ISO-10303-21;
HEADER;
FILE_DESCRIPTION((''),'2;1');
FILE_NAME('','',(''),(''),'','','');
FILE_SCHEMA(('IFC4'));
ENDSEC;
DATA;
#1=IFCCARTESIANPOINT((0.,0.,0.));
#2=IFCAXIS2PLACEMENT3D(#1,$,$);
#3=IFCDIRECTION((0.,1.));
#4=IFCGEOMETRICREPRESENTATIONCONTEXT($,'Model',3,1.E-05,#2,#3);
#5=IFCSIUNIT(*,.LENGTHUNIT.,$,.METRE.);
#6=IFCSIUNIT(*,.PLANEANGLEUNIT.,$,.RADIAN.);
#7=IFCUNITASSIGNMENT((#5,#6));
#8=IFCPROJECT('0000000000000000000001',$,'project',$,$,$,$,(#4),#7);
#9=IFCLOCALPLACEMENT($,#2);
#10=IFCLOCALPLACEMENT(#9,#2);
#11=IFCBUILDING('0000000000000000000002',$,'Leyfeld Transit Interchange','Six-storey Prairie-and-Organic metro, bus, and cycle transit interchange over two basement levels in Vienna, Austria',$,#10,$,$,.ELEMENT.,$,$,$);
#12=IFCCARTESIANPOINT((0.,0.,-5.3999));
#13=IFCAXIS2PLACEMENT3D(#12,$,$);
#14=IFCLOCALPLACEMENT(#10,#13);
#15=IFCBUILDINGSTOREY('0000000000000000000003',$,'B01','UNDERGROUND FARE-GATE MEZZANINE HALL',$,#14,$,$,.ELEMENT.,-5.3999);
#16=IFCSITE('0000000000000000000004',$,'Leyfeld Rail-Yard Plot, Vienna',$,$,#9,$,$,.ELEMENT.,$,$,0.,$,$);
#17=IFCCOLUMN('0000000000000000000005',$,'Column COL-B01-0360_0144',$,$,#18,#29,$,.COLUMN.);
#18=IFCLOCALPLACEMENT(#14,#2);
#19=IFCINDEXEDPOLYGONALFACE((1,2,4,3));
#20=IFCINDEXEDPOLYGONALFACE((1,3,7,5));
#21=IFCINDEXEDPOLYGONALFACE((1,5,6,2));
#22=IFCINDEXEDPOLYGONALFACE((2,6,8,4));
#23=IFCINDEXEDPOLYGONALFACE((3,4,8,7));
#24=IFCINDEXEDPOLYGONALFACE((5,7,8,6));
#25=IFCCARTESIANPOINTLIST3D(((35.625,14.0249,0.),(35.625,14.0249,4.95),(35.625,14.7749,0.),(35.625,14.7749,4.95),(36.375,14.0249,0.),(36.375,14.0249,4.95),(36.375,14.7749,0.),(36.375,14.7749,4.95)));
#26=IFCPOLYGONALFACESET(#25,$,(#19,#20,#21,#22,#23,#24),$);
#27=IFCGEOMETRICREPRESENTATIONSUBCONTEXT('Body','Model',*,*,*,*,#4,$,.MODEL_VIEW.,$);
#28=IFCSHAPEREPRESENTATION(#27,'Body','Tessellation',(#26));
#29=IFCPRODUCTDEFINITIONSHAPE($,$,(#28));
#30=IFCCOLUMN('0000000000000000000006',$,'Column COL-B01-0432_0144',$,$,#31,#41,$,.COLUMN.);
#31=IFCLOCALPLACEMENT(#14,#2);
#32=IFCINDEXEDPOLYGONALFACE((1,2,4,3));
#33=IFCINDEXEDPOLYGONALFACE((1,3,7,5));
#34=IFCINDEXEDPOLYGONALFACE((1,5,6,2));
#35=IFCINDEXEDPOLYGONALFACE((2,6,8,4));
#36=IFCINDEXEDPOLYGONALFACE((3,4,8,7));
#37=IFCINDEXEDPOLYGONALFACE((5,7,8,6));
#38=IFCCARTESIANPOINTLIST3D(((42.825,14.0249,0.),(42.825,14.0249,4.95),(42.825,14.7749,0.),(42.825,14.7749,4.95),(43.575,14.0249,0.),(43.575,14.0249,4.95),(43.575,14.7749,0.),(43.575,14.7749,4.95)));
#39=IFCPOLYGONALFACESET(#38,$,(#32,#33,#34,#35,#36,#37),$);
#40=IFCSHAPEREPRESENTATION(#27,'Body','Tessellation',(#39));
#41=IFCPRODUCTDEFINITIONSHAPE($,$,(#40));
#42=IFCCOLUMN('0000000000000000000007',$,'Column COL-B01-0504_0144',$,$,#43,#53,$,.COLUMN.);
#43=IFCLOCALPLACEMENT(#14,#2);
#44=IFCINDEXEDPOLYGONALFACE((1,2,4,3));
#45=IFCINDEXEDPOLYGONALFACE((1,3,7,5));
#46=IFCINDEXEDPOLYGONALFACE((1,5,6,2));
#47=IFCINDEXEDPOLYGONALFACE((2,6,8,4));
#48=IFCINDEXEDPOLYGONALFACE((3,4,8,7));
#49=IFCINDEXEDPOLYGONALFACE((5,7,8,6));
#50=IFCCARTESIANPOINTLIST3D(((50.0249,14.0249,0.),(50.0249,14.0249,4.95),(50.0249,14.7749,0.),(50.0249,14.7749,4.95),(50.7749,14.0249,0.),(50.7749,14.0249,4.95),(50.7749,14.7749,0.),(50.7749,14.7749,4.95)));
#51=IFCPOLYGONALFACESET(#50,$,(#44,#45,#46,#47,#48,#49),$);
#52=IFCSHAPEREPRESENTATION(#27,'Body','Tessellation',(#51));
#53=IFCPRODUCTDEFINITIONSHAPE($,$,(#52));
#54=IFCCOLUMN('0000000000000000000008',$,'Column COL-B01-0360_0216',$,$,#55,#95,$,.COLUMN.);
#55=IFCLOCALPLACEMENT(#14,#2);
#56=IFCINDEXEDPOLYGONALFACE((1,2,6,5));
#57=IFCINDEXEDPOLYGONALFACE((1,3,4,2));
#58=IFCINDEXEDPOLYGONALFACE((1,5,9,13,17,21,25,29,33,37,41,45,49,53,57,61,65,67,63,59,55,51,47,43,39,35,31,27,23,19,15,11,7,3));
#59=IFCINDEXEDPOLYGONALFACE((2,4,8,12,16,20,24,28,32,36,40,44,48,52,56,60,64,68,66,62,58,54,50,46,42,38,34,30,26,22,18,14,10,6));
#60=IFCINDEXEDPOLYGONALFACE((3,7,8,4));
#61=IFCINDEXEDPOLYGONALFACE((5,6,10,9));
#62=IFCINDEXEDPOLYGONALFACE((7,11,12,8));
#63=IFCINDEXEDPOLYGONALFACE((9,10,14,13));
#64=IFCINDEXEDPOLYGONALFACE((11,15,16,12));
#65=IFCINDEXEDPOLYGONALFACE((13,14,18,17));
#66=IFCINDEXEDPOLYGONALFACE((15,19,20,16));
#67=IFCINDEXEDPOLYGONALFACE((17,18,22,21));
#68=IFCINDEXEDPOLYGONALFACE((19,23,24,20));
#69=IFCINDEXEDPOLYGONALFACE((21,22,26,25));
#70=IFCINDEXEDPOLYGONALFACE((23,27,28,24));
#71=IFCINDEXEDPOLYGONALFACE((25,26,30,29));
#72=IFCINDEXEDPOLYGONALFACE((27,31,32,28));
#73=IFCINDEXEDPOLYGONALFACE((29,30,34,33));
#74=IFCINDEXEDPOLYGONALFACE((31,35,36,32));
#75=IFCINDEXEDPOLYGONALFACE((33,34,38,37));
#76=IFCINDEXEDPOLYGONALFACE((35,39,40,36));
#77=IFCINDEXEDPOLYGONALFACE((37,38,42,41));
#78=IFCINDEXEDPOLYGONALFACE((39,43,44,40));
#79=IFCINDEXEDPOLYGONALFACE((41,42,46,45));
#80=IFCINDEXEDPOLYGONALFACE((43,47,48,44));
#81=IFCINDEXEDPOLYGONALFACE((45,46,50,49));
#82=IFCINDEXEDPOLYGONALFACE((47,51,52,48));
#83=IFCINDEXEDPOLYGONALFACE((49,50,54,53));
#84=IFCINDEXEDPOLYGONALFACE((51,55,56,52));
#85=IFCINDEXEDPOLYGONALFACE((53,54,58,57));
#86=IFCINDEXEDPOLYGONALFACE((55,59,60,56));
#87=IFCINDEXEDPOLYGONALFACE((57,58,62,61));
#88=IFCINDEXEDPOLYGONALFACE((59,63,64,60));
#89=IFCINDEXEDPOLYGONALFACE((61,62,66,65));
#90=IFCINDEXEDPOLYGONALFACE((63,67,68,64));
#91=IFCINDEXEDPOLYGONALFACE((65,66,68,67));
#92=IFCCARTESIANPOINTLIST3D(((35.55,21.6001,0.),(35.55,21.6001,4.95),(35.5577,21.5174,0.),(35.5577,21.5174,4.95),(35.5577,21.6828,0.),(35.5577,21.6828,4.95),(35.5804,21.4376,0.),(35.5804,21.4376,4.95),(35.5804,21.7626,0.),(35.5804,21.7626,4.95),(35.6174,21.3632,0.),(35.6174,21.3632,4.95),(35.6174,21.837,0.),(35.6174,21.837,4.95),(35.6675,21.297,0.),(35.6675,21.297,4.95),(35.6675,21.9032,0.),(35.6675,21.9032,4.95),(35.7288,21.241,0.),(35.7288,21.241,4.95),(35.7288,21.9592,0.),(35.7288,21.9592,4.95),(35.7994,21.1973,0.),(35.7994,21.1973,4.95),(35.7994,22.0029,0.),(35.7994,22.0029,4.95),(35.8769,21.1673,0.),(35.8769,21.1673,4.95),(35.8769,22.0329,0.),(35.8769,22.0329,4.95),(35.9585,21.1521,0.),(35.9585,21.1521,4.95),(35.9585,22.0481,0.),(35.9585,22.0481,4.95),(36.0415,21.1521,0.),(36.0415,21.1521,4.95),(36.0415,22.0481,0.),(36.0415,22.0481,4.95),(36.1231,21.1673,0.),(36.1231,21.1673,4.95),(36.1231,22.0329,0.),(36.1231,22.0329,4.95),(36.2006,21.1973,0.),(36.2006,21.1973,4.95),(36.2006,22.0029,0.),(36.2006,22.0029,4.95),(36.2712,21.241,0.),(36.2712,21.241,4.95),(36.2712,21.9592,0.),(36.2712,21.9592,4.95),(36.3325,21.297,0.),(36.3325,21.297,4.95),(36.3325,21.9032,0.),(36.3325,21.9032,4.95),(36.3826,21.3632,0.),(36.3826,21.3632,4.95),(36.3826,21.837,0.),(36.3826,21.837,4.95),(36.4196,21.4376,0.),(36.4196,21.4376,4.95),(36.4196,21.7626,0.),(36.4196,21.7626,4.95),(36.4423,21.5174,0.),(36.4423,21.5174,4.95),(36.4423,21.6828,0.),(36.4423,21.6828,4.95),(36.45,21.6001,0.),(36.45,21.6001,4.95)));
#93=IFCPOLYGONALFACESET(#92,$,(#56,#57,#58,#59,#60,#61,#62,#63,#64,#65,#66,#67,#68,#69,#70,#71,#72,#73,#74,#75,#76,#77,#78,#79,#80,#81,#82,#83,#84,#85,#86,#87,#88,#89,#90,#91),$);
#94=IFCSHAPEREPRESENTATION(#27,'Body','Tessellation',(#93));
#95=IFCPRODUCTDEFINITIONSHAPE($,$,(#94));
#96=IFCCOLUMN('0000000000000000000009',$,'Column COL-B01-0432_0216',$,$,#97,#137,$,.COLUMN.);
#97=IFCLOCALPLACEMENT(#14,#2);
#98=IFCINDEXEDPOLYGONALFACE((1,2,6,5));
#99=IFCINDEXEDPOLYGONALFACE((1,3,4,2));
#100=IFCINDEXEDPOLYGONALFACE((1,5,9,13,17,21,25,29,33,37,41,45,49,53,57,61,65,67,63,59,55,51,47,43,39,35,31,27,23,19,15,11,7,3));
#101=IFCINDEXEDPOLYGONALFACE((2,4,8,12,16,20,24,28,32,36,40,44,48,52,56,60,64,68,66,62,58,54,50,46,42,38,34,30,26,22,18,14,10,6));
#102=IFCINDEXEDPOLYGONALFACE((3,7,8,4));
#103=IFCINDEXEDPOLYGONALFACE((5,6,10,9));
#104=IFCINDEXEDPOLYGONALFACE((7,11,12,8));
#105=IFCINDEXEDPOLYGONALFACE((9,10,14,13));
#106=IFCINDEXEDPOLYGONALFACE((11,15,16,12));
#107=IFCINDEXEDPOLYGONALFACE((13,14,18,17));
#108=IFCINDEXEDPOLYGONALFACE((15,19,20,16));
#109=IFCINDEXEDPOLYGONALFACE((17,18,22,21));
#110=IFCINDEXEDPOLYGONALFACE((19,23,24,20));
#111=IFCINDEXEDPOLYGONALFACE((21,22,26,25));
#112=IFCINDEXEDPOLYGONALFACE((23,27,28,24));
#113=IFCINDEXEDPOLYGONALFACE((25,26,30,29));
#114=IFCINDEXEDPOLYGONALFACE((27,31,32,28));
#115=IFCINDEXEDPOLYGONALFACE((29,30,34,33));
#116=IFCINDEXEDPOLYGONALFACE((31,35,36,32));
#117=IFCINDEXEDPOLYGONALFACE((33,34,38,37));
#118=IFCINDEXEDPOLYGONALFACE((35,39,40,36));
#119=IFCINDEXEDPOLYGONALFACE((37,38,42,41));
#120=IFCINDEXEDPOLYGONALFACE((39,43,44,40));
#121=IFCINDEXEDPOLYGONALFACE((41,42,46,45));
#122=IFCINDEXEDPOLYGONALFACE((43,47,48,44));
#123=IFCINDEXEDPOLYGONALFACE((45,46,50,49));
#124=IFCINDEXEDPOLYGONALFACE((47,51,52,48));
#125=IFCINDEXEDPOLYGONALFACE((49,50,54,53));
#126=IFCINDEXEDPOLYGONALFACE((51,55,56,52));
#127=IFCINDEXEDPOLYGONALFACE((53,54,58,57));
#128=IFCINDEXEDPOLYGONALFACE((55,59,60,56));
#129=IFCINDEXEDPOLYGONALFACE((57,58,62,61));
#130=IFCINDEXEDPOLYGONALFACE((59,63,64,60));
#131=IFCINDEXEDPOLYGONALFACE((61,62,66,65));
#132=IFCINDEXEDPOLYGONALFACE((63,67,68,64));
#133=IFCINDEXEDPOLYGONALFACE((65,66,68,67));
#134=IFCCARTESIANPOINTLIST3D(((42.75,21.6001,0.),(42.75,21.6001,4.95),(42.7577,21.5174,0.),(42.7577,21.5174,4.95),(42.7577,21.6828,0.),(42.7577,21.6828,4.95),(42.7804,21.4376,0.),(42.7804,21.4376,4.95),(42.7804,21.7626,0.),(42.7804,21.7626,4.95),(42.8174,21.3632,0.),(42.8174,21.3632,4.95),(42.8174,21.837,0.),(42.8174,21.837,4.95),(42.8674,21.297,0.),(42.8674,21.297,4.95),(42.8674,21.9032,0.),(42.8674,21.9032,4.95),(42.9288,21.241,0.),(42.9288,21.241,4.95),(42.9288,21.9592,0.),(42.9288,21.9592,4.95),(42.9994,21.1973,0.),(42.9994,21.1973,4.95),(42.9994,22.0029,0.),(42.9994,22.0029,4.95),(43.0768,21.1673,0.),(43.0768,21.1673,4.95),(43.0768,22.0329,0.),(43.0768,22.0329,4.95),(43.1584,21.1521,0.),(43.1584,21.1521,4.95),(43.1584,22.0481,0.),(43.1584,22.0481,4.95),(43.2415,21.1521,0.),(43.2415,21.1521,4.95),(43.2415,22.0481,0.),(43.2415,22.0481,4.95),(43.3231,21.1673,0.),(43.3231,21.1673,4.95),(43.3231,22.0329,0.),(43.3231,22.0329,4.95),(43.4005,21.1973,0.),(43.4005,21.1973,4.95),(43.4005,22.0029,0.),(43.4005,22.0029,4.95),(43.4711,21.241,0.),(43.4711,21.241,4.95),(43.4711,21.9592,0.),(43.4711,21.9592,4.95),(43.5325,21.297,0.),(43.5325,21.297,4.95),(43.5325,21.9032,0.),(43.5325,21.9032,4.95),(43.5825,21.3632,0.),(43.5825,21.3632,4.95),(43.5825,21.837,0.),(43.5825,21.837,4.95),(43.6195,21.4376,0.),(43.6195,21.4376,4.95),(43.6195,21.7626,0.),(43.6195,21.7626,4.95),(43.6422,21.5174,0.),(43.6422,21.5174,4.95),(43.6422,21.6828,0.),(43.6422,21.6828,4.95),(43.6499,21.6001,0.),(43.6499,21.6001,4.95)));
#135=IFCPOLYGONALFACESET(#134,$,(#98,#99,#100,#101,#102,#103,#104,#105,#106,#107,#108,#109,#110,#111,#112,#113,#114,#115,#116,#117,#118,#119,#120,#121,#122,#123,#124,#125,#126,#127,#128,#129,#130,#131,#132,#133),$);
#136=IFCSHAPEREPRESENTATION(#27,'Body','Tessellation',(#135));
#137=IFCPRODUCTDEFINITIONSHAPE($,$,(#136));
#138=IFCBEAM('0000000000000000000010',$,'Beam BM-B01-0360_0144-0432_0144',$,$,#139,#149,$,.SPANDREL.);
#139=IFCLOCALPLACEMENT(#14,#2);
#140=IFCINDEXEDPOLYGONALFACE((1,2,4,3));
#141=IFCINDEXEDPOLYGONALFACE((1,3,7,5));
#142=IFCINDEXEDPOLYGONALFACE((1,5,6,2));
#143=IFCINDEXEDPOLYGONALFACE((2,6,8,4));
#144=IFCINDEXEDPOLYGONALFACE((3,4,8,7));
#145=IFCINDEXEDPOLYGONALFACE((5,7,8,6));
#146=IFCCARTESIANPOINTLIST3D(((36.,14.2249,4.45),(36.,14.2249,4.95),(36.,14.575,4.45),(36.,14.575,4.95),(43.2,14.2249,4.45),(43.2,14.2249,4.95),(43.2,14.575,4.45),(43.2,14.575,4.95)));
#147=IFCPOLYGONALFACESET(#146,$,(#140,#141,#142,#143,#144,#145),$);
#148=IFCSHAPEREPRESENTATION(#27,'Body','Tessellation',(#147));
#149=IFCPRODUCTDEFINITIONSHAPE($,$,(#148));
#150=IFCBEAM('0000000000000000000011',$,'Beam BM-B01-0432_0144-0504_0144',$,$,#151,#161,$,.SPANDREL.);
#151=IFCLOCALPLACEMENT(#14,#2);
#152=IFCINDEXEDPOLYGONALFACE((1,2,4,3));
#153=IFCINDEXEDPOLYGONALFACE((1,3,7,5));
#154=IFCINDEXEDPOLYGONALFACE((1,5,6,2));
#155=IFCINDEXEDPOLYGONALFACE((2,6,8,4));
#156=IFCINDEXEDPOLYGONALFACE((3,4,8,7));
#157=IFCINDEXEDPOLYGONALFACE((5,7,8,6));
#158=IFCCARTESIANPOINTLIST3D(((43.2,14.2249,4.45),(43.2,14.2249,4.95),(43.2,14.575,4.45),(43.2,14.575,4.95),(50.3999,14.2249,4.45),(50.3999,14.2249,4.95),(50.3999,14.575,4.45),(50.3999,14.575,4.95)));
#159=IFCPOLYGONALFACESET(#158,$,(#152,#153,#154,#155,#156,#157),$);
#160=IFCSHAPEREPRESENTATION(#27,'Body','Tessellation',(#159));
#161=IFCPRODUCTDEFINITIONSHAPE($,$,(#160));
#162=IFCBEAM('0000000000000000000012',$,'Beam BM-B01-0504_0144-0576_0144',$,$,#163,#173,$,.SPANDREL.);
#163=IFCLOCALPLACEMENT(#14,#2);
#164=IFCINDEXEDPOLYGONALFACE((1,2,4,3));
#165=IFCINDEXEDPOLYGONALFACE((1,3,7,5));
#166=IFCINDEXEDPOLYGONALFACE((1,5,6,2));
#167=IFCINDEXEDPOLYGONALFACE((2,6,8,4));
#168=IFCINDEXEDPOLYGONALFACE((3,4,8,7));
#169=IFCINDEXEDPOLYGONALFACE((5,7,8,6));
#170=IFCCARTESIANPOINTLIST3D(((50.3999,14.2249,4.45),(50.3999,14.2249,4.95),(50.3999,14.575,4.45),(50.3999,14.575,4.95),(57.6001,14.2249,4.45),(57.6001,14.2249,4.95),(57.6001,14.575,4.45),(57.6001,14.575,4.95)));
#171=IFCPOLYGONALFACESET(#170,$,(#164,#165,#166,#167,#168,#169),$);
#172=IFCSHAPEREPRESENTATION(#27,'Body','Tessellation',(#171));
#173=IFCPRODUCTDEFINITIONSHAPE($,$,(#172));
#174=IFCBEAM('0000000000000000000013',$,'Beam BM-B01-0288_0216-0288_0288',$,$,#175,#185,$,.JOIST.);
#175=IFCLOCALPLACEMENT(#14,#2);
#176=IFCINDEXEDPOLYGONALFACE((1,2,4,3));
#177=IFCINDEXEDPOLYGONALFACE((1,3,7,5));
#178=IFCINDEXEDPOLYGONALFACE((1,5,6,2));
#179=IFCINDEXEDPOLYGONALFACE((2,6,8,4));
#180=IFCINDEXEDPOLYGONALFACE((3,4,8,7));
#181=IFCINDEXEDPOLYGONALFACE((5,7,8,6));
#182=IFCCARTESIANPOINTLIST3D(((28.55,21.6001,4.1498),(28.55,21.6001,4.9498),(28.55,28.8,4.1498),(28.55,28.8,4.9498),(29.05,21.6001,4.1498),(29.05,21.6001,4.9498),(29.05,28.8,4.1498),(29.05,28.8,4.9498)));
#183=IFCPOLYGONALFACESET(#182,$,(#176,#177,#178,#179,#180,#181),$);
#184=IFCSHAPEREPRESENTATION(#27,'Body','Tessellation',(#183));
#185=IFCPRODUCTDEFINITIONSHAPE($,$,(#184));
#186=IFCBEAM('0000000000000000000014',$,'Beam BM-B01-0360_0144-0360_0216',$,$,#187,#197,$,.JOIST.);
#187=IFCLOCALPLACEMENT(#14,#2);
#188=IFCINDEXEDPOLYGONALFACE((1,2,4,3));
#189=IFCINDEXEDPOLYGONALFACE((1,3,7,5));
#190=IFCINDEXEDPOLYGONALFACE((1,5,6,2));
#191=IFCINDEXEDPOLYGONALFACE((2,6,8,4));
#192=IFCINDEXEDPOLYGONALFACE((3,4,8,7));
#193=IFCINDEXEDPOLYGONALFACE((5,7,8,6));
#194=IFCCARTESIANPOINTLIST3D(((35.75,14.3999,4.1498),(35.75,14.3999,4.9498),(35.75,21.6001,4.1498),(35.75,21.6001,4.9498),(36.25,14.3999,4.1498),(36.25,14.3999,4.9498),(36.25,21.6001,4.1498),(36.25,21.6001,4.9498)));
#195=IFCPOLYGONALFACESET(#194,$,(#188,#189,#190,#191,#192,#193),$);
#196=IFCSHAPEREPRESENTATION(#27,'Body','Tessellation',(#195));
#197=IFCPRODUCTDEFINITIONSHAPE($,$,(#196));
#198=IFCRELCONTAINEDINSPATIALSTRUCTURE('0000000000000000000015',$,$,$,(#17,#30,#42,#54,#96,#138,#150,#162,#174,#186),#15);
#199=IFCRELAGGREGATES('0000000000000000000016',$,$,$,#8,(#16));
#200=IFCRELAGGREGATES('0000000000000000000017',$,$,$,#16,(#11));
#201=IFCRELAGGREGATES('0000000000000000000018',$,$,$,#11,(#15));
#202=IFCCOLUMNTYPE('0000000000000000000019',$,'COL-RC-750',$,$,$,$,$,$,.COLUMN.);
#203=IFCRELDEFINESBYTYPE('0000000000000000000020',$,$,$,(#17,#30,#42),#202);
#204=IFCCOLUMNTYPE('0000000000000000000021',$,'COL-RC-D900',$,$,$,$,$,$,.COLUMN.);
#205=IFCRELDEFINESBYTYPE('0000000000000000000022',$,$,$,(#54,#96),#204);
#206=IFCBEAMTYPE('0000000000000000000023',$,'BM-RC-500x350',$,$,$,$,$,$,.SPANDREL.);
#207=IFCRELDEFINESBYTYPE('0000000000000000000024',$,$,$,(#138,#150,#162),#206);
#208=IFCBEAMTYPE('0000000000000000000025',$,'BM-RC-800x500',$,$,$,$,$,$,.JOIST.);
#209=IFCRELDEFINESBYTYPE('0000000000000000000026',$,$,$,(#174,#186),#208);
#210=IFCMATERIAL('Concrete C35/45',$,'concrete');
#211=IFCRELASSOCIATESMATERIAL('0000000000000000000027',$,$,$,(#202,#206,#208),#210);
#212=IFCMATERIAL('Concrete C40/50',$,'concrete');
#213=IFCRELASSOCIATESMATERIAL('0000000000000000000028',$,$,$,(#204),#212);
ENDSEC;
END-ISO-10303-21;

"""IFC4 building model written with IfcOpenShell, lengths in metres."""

from ifc_helpers import new_model, si_unit, direction, frame, origin, origin_2d, place, context, subcontext, project, spatial, rectangle, circle, extrude, material, material_profile, profile_set, type_object, element, save


model = new_model("IFC4")

# Units and contexts
model_context = context("Model", 3, precision=1e-05, world=origin(), true_north=direction((0.0, 1.0)))
body_context = subcontext(model_context, "Body", "Model", "MODEL_VIEW")
ifc_project = project(units=[si_unit("LENGTHUNIT", "METRE"), si_unit("PLANEANGLEUNIT", "RADIAN")], contexts=[model_context])

# Site, building, storey
site_placement = place(None, origin())
site = spatial("IfcSite", under=ifc_project, at=site_placement, Name="Leyfeld Rail-Yard Plot, Vienna", CompositionType="ELEMENT", RefElevation=0.0)
building_placement = place(site_placement, origin())
building = spatial("IfcBuilding", under=site, at=building_placement, Name="Leyfeld Transit Interchange", Description="Six-storey Prairie-and-Organic metro, bus, and cycle transit interchange over two basement levels in Vienna, Austria", CompositionType="ELEMENT")
storey_placement = place(building_placement, frame((0.0, 0.0, -5.3999)))
storey = spatial("IfcBuildingStorey", under=building, at=storey_placement, Name="B01", Description="UNDERGROUND FARE-GATE MEZZANINE HALL", CompositionType="ELEMENT", Elevation=-5.3999)

# Columns
ifc_material_1 = material(Name="Concrete C35/45", Category="concrete")
ifc_material_profile_1 = material_profile(ifc_material_1, rectangle(XDim=0.75, YDim=0.75, at=origin_2d()), Name="RC 750x750")
ifc_profile_set_1 = profile_set([ifc_material_profile_1], Name="Concrete C35/45")
column_type_1 = type_object("IfcColumnType", Name="COL-RC-750", PredefinedType="COLUMN", material=ifc_profile_set_1)
for number, where, z_axis, x_axis, name in (
    (1, (36.0, 14.3999, 0.0), (0.0, 0.0, 1.0), (1.0, 0.0, 0.0), "Column COL-B01-0360_0144"),
    (2, (43.2, 14.3999, 0.0), (0.0, 0.0, 1.0), (1.0, 0.0, 0.0), "Column COL-B01-0432_0144"),
    (3, (50.3999, 14.3999, 0.0), (0.0, 0.0, 1.0), (1.0, 0.0, 0.0), "Column COL-B01-0504_0144"),
):
    element("IfcColumn", number, at=place(storey_placement, frame(where, z_axis=z_axis, x_axis=x_axis)), inside=storey, type_object=column_type_1, Name=name, PredefinedType="COLUMN", context=body_context, shape_type="SweptSolid", body=[
        extrude(rectangle(XDim=0.75, YDim=0.75, at=origin_2d()), origin(), (0.0, 0.0, 1.0), 4.95),
    ])
ifc_material_2 = material(Name="Concrete C40/50", Category="concrete")
ifc_material_profile_2 = material_profile(ifc_material_2, circle(Radius=0.45, at=origin_2d()), Name="RC D900")
ifc_profile_set_2 = profile_set([ifc_material_profile_2], Name="Concrete C40/50")
column_type_2 = type_object("IfcColumnType", Name="COL-RC-D900", PredefinedType="COLUMN", material=ifc_profile_set_2)
for number, where, z_axis, x_axis, name in (
    (4, (36.0, 21.6001, 0.0), (0.0, 0.0, 1.0), (1.0, 0.0, 0.0), "Column COL-B01-0360_0216"),
    (5, (43.2, 21.6001, 0.0), (0.0, 0.0, 1.0), (1.0, 0.0, 0.0), "Column COL-B01-0432_0216"),
):
    element("IfcColumn", number, at=place(storey_placement, frame(where, z_axis=z_axis, x_axis=x_axis)), inside=storey, type_object=column_type_2, Name=name, PredefinedType="COLUMN", context=body_context, shape_type="SweptSolid", body=[
        extrude(circle(Radius=0.45, at=origin_2d()), origin(), (0.0, 0.0, 1.0), 4.95),
    ])

# Beams
ifc_material_profile_3 = material_profile(ifc_material_1, rectangle(XDim=0.3501, YDim=0.5, at=origin_2d()), Name="RC 500x350")
ifc_profile_set_3 = profile_set([ifc_material_profile_3], Name="Concrete C35/45")
beam_type_1 = type_object("IfcBeamType", Name="BM-RC-500x350", PredefinedType="SPANDREL", material=ifc_profile_set_3)
for number, where, z_axis, x_axis, name in (
    (6, (36.0, 14.3999, 4.7), (1.0, 0.0, 0.0), (0.0, 1.0, 0.0), "Beam BM-B01-0360_0144-0432_0144"),
    (7, (43.2, 14.3999, 4.7), (1.0, 0.0, 0.0), (0.0, 1.0, 0.0), "Beam BM-B01-0432_0144-0504_0144"),
):
    element("IfcBeam", number, at=place(storey_placement, frame(where, z_axis=z_axis, x_axis=x_axis)), inside=storey, type_object=beam_type_1, Name=name, PredefinedType="SPANDREL", context=body_context, shape_type="SweptSolid", body=[
        extrude(rectangle(XDim=0.3501, YDim=0.5, at=origin_2d()), origin(), (0.0, 0.0, 1.0), 7.2),
    ])
beam_1_placement = place(storey_placement, frame((50.3999, 14.3999, 4.7), z_axis=(1.0, 0.0, 0.0), x_axis=(0.0, 1.0, 0.0)))
element("IfcBeam", 8, at=beam_1_placement, inside=storey, type_object=beam_type_1, Name="Beam BM-B01-0504_0144-0576_0144", PredefinedType="SPANDREL", context=body_context, shape_type="SweptSolid", body=[
    extrude(rectangle(XDim=0.3501, YDim=0.5, at=origin_2d()), origin(), (0.0, 0.0, 1.0), 7.2002),
])
ifc_material_profile_4 = material_profile(ifc_material_1, rectangle(XDim=0.5, YDim=0.8, at=origin_2d()), Name="RC 800x500")
ifc_profile_set_4 = profile_set([ifc_material_profile_4], Name="Concrete C35/45")
beam_type_2 = type_object("IfcBeamType", Name="BM-RC-800x500", PredefinedType="JOIST", material=ifc_profile_set_4)
beam_2_placement = place(storey_placement, frame((28.8, 21.6001, 4.5498), z_axis=(0.0, 1.0, 0.0), x_axis=(-1.0, 0.0, 0.0)))
element("IfcBeam", 9, at=beam_2_placement, inside=storey, type_object=beam_type_2, Name="Beam BM-B01-0288_0216-0288_0288", PredefinedType="JOIST", context=body_context, shape_type="SweptSolid", body=[
    extrude(rectangle(XDim=0.5, YDim=0.8, at=origin_2d()), origin(), (0.0, 0.0, 1.0), 7.2),
])
beam_3_placement = place(storey_placement, frame((36.0, 14.3999, 4.5498), z_axis=(0.0, 1.0, 0.0), x_axis=(-1.0, 0.0, 0.0)))
element("IfcBeam", 10, at=beam_3_placement, inside=storey, type_object=beam_type_2, Name="Beam BM-B01-0360_0144-0360_0216", PredefinedType="JOIST", context=body_context, shape_type="SweptSolid", body=[
    extrude(rectangle(XDim=0.5, YDim=0.8, at=origin_2d()), origin(), (0.0, 0.0, 1.0), 7.2002),
])

save(model, "model.ifc")
